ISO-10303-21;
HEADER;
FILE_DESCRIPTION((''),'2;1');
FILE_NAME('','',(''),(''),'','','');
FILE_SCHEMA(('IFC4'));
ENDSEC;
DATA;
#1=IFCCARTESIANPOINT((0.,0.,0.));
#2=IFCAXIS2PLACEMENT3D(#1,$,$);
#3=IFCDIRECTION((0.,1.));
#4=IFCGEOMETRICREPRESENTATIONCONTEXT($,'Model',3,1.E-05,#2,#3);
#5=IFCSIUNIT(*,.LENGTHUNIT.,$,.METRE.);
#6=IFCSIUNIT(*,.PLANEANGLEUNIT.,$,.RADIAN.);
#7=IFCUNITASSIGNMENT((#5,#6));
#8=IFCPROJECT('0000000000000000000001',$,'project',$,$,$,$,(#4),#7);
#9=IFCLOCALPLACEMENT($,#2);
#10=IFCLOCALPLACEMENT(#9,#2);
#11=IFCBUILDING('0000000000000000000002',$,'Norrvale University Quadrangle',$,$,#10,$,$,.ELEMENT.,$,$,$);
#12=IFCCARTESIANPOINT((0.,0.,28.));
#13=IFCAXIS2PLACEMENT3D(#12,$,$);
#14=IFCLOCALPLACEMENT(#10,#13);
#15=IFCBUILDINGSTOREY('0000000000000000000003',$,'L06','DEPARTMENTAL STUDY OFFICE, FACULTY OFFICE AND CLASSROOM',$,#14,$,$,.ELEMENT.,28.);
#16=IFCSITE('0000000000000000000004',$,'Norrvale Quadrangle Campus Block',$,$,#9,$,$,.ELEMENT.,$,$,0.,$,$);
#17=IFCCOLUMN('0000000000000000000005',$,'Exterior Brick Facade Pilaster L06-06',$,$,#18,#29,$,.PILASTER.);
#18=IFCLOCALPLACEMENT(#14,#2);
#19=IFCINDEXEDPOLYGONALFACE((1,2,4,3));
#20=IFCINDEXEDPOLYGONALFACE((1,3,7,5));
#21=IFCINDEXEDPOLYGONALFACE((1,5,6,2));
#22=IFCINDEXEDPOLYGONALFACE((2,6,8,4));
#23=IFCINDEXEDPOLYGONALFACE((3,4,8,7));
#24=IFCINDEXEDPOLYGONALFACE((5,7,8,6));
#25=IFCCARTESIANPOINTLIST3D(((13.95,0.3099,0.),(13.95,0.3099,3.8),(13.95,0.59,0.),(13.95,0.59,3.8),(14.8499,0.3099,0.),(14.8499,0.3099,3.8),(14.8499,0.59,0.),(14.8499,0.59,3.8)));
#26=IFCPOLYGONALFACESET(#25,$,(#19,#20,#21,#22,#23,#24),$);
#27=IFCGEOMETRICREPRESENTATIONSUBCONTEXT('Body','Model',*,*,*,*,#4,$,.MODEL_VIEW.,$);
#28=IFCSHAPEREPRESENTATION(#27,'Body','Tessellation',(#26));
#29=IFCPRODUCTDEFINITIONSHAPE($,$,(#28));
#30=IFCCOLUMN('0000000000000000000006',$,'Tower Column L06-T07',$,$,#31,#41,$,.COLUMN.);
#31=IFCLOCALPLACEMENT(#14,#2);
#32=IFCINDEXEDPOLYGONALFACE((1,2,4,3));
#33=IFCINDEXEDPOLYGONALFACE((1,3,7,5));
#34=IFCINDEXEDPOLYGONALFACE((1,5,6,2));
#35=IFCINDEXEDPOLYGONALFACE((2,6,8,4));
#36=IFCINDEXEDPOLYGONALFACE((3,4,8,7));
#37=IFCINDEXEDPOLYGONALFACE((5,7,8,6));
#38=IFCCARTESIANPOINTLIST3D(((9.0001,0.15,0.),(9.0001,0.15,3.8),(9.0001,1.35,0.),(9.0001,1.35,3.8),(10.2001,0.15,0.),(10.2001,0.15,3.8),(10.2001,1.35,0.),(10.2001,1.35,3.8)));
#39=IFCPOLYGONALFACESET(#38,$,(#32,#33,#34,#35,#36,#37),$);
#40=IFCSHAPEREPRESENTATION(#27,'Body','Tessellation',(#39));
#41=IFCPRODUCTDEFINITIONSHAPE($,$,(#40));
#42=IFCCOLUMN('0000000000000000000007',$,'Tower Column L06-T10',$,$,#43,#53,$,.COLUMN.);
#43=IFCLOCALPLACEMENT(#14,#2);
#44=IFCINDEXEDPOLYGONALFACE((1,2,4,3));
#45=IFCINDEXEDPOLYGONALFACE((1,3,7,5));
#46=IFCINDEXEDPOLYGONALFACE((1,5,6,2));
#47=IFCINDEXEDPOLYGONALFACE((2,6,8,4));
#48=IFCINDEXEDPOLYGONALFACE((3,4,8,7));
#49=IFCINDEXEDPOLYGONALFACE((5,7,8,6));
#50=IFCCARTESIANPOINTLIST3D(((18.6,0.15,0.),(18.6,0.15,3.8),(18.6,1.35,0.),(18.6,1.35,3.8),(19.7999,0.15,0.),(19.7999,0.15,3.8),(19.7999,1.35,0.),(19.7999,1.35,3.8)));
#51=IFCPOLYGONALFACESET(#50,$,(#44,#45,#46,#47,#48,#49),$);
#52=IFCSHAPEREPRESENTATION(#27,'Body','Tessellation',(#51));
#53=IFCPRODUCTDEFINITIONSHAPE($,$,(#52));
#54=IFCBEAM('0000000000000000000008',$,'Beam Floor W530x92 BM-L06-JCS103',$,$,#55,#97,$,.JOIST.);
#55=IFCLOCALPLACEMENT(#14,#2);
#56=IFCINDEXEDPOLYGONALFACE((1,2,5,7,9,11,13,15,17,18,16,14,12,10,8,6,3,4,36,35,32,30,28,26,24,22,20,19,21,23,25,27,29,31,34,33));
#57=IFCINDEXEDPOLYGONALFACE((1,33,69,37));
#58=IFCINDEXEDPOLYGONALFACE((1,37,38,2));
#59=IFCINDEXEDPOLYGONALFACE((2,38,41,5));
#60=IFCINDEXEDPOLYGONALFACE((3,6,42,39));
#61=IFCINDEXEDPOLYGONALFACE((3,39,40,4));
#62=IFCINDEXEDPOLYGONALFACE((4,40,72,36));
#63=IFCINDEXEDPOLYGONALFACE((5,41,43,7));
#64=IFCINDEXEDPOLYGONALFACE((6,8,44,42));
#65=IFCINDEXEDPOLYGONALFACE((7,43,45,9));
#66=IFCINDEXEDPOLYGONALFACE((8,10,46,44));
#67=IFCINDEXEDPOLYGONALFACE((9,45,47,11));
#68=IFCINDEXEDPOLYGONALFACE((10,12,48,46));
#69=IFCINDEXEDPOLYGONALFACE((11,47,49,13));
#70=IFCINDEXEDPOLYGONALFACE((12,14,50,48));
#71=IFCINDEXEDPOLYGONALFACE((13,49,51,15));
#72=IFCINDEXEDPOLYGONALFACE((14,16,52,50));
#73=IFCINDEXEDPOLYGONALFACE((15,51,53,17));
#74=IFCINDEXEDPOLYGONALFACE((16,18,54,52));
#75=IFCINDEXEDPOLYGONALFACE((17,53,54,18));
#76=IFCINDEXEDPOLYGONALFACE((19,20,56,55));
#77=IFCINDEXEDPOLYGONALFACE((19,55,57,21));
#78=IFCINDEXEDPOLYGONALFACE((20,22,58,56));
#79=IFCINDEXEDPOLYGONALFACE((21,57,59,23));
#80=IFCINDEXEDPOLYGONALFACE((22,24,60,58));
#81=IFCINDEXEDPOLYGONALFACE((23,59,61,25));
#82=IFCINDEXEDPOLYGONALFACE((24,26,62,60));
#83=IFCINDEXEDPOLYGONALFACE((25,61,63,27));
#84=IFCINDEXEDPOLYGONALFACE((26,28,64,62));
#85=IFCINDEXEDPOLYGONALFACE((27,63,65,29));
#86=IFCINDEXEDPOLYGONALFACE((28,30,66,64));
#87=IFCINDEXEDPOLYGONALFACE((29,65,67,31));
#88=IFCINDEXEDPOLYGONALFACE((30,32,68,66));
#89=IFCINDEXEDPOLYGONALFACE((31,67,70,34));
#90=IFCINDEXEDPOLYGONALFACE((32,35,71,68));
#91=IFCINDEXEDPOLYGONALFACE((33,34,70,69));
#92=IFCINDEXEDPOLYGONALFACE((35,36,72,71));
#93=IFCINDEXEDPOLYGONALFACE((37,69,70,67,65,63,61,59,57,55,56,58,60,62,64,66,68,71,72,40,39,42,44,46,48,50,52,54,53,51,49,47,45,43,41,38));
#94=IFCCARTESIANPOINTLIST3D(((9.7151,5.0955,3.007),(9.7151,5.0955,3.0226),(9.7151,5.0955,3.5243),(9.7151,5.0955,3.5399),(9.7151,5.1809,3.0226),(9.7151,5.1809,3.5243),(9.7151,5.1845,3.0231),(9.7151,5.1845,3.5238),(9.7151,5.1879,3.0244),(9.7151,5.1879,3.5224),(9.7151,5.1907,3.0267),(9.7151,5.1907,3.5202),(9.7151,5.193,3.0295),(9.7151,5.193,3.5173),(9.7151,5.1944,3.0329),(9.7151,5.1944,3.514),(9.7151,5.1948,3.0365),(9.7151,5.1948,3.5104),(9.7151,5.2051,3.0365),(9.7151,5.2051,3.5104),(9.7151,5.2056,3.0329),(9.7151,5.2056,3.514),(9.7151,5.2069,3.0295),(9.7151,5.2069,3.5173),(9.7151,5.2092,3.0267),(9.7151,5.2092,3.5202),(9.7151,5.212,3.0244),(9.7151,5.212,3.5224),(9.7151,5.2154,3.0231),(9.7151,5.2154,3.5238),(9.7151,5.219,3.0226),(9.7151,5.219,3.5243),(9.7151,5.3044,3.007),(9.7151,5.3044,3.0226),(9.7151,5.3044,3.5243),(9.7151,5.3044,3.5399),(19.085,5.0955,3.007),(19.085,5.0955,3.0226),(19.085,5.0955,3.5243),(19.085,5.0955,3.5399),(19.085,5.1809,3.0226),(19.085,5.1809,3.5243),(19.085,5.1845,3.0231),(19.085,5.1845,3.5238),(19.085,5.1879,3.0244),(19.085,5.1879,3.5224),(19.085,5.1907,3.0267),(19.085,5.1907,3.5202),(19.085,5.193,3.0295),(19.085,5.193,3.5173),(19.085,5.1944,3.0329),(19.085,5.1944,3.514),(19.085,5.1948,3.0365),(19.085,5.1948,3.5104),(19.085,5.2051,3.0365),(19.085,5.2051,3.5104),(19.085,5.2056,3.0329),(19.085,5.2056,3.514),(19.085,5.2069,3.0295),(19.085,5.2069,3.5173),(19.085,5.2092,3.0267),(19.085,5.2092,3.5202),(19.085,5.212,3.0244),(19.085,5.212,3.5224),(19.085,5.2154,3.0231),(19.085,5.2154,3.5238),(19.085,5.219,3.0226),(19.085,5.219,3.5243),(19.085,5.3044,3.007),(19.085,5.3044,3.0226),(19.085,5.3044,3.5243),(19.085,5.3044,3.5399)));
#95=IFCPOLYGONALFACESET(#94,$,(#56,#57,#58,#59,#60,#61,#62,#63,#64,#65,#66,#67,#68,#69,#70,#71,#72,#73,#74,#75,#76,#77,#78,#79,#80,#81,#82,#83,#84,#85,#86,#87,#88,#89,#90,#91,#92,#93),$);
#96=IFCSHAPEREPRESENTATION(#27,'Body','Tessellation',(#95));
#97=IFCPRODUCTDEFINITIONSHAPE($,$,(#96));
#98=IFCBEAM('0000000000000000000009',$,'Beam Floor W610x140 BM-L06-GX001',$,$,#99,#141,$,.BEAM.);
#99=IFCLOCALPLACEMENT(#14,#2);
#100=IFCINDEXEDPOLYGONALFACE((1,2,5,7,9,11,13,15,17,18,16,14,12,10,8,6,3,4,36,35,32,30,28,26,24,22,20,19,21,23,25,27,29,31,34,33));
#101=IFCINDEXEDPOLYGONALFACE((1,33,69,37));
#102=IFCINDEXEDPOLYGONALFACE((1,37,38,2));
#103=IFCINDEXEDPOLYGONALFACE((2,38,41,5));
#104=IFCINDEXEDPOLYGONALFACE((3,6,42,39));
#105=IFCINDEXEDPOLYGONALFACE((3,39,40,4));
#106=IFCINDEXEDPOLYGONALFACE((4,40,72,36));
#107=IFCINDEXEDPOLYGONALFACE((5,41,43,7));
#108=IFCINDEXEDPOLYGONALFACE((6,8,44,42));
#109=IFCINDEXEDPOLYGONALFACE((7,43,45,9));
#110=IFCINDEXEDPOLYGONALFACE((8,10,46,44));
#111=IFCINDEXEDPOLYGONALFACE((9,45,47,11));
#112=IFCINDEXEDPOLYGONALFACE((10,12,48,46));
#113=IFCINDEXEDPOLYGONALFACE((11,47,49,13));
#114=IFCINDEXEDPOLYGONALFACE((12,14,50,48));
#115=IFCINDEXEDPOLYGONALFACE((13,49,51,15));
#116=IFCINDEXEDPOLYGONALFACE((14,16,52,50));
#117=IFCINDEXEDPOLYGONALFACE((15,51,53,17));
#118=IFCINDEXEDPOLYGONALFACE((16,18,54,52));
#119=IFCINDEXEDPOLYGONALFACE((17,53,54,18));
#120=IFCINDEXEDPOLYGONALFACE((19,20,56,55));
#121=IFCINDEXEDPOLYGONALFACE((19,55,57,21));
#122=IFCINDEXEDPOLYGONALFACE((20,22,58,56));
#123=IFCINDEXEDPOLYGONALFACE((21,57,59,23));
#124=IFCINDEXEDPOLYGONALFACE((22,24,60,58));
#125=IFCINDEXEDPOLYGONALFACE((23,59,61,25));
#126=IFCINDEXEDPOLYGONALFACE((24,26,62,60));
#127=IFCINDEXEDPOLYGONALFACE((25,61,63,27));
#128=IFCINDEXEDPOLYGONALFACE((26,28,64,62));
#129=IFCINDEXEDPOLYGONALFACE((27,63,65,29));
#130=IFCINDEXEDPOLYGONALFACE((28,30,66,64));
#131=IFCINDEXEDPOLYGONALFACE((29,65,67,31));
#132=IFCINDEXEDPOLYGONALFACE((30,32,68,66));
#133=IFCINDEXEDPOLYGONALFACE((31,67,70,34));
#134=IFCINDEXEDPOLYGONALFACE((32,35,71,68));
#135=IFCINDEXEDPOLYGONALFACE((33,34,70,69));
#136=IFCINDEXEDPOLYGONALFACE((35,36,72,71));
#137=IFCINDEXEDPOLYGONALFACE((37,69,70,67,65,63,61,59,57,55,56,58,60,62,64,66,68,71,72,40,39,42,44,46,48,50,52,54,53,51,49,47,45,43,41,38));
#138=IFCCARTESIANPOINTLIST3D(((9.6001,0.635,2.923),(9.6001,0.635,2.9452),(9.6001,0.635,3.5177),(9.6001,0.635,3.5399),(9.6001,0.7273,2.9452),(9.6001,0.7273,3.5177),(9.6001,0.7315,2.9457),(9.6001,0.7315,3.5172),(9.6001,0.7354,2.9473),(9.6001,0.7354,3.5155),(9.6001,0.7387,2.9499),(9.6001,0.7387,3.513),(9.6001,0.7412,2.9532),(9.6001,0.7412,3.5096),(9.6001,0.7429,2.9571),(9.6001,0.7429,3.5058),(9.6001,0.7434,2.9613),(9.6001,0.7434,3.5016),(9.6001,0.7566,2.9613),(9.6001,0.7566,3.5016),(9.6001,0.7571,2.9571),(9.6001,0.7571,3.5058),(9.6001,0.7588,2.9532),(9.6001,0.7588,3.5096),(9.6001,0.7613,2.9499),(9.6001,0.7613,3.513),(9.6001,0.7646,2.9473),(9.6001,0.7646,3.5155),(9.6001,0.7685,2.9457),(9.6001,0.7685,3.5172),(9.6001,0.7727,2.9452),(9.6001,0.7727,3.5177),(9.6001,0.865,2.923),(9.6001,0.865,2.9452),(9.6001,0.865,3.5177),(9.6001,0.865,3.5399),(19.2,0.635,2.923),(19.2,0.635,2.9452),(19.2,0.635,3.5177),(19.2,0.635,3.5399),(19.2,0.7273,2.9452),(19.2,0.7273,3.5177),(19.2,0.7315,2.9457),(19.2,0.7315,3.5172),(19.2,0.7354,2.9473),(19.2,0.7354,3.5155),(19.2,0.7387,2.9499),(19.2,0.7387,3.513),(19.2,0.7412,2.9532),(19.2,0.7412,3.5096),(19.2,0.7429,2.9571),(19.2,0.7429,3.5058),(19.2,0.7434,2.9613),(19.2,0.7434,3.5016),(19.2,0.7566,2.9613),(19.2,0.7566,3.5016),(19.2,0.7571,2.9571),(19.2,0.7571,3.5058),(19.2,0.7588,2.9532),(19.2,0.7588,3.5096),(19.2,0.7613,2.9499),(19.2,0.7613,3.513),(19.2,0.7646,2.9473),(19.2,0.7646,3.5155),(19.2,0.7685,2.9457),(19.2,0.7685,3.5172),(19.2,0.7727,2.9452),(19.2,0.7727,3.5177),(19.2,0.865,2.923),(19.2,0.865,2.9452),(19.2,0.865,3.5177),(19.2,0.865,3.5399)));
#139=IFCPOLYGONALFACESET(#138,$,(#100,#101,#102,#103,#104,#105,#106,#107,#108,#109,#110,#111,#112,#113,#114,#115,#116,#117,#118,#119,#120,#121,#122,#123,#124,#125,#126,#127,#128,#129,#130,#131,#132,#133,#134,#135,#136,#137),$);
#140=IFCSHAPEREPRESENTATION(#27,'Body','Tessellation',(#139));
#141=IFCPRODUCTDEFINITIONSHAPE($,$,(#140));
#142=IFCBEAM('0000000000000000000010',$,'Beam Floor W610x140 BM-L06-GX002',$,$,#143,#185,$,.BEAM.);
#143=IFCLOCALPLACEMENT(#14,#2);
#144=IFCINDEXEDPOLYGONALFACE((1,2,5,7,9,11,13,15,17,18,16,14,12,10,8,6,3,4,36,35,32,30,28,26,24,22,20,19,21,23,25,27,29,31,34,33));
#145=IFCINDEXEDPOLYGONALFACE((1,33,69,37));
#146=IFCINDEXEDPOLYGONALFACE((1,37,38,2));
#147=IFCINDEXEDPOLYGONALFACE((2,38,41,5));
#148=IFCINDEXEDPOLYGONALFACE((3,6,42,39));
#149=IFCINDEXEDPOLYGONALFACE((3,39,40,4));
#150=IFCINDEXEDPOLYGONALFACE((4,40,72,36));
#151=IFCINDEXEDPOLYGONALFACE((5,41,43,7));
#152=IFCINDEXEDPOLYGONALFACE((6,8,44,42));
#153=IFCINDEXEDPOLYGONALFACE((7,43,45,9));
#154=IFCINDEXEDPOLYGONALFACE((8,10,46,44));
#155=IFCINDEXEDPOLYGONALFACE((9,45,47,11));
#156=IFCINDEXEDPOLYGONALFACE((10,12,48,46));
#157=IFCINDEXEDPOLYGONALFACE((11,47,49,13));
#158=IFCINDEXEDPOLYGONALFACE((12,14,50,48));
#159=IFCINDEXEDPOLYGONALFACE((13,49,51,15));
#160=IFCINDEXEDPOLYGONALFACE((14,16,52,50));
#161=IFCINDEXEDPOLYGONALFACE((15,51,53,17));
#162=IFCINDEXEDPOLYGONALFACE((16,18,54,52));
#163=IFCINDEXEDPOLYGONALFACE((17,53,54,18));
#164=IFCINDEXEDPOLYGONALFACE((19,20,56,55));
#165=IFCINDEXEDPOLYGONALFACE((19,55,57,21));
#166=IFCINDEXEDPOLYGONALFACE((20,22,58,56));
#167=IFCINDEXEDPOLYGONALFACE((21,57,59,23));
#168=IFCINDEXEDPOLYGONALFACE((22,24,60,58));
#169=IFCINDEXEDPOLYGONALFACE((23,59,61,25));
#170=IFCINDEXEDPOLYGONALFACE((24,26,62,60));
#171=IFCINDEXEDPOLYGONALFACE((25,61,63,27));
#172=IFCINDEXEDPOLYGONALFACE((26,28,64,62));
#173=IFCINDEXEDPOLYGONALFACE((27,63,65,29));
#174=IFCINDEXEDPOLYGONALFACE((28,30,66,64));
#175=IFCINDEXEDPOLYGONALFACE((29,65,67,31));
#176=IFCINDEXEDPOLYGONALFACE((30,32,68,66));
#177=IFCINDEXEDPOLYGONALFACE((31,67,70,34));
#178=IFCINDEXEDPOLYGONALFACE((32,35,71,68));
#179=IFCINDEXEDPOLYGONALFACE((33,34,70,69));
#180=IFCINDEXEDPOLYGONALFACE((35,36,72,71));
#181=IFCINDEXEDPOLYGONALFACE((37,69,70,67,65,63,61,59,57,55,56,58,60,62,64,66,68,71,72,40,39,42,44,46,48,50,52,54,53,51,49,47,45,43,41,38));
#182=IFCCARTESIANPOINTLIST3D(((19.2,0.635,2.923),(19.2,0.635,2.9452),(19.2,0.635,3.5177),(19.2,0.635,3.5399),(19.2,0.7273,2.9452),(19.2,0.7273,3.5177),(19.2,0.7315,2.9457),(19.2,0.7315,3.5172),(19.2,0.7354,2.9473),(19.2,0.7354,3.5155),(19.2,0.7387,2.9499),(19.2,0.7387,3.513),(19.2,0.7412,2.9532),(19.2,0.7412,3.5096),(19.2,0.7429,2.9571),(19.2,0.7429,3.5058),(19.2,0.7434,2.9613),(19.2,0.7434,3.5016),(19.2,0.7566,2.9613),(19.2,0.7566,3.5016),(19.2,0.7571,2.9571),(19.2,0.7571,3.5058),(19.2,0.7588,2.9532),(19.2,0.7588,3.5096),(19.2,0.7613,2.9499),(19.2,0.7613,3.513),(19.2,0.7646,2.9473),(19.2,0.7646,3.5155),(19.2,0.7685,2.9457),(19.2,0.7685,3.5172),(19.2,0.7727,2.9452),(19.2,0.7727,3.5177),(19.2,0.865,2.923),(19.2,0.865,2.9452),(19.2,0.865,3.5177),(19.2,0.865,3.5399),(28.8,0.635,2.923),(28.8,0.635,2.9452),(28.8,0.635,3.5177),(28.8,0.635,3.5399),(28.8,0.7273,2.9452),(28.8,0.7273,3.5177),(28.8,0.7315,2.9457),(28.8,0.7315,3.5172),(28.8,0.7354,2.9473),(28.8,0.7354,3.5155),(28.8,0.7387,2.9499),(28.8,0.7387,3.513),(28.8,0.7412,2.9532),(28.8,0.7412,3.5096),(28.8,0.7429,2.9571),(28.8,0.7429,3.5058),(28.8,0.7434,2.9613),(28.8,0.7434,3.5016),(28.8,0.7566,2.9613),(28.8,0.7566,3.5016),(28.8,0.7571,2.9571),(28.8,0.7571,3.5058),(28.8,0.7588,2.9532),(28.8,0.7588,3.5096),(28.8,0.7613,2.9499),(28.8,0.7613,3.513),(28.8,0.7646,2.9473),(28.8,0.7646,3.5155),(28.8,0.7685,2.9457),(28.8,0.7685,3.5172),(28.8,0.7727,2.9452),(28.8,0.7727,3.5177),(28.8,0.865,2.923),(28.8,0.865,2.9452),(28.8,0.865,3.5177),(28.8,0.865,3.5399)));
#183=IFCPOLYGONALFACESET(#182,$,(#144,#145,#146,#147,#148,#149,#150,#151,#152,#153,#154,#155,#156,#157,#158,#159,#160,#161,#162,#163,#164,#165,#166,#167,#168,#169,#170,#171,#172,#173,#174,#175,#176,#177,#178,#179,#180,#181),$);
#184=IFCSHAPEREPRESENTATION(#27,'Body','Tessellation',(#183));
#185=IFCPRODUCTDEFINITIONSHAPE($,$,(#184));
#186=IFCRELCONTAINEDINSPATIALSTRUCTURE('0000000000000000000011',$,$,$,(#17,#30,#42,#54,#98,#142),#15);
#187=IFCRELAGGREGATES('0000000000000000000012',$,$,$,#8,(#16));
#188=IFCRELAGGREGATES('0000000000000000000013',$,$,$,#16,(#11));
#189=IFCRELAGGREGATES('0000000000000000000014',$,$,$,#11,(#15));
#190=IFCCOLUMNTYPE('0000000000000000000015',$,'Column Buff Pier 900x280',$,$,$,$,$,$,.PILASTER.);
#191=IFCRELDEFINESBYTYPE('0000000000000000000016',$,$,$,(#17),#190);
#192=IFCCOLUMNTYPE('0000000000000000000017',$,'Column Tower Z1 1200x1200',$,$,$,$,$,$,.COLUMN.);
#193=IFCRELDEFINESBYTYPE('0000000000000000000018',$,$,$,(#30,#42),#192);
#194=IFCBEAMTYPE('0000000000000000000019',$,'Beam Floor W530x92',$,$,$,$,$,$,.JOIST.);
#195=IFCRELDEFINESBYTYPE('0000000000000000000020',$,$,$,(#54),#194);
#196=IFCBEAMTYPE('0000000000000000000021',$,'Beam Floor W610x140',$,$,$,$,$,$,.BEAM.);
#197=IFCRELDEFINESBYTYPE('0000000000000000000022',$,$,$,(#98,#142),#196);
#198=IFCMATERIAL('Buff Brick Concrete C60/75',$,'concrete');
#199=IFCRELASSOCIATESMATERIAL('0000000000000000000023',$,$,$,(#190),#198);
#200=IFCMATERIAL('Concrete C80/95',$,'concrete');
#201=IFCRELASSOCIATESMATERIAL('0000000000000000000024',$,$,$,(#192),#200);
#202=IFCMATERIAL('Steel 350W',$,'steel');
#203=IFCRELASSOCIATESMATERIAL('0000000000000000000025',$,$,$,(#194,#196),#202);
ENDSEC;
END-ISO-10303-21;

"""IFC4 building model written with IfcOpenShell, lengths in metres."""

from ifc_helpers import new_model, si_unit, direction, frame, origin, origin_2d, place, context, subcontext, project, spatial, rectangle, i_section, extrude, material, material_profile, profile_set, type_object, element, save


model = new_model("IFC4")

# Units and contexts
model_context = context("Model", 3, precision=1e-05, world=origin(), true_north=direction((0.0, 1.0)))
body_context = subcontext(model_context, "Body", "Model", "MODEL_VIEW")
ifc_project = project(units=[si_unit("LENGTHUNIT", "METRE"), si_unit("PLANEANGLEUNIT", "RADIAN")], contexts=[model_context])

# Site, building, storey
site_placement = place(None, origin())
site = spatial("IfcSite", under=ifc_project, at=site_placement, Name="Norrvale Quadrangle Campus Block", CompositionType="ELEMENT", RefElevation=0.0)
building_placement = place(site_placement, origin())
building = spatial("IfcBuilding", under=site, at=building_placement, Name="Norrvale University Quadrangle", CompositionType="ELEMENT")
storey_placement = place(building_placement, frame((0.0, 0.0, 28.0)))
storey = spatial("IfcBuildingStorey", under=building, at=storey_placement, Name="L06", Description="DEPARTMENTAL STUDY OFFICE, FACULTY OFFICE AND CLASSROOM", CompositionType="ELEMENT", Elevation=28.0)

# Columns
ifc_material_1 = material(Name="Buff Brick Concrete C60/75", Category="concrete")
ifc_material_profile_1 = material_profile(ifc_material_1, rectangle(XDim=0.8999, YDim=0.28, at=origin_2d()), Name="Buff Brick Concrete C60/75")
ifc_profile_set_1 = profile_set([ifc_material_profile_1], Name="Buff Brick Concrete C60/75")
column_type_1 = type_object("IfcColumnType", Name="Column Buff Pier 900x280", PredefinedType="PILASTER", material=ifc_profile_set_1)
column_placement = place(storey_placement, frame((14.3999, 0.45, 0.0), z_axis=(0.0, 0.0, 1.0), x_axis=(1.0, 0.0, 0.0)))
element("IfcColumn", 1, at=column_placement, inside=storey, type_object=column_type_1, Name="Exterior Brick Facade Pilaster L06-06", PredefinedType="PILASTER", context=body_context, shape_type="SweptSolid", body=[
    extrude(rectangle(XDim=0.8999, YDim=0.28, at=origin_2d()), origin(), (0.0, 0.0, 1.0), 3.8),
])
ifc_material_2 = material(Name="Concrete C80/95", Category="concrete")
ifc_material_profile_2 = material_profile(ifc_material_2, rectangle(XDim=1.2, YDim=1.2, at=origin_2d()), Name="Concrete C80/95")
ifc_profile_set_2 = profile_set([ifc_material_profile_2], Name="Concrete C80/95")
column_type_2 = type_object("IfcColumnType", Name="Column Tower Z1 1200x1200", PredefinedType="COLUMN", material=ifc_profile_set_2)
for number, where, z_axis, x_axis, name in (
    (2, (9.6001, 0.75, 0.0), (0.0, 0.0, 1.0), (1.0, 0.0, 0.0), "Tower Column L06-T07"),
    (3, (19.2, 0.75, 0.0), (0.0, 0.0, 1.0), (1.0, 0.0, 0.0), "Tower Column L06-T10"),
):
    element("IfcColumn", number, at=place(storey_placement, frame(where, z_axis=z_axis, x_axis=x_axis)), inside=storey, type_object=column_type_2, Name=name, PredefinedType="COLUMN", context=body_context, shape_type="SweptSolid", body=[
        extrude(rectangle(XDim=1.2, YDim=1.2, at=origin_2d()), origin(), (0.0, 0.0, 1.0), 3.8),
    ])

# Beams
ifc_material_3 = material(Name="Steel 350W", Category="steel")
ifc_material_profile_3 = material_profile(ifc_material_3, i_section(OverallWidth=0.209, OverallDepth=0.533, WebThickness=0.0103, FlangeThickness=0.0156, FilletRadius=0.0139, at=origin_2d()), Name="Steel 350W")
ifc_profile_set_3 = profile_set([ifc_material_profile_3], Name="Steel 350W")
beam_type_1 = type_object("IfcBeamType", Name="Beam Floor W530x92", PredefinedType="JOIST", material=ifc_profile_set_3)
beam_1_placement = place(storey_placement, frame((9.7151, 5.2, 3.2734), z_axis=(1.0, 0.0, 0.0), x_axis=(0.0, 1.0, 0.0)))
element("IfcBeam", 4, at=beam_1_placement, inside=storey, type_object=beam_type_1, Name="Beam Floor W530x92 BM-L06-JCS103", PredefinedType="JOIST", context=body_context, shape_type="SweptSolid", body=[
    extrude(i_section(OverallWidth=0.209, OverallDepth=0.533, WebThickness=0.0103, FlangeThickness=0.0156, FilletRadius=0.0139, at=origin_2d()), origin(), (0.0, 0.0, 1.0), 9.3699),
])
ifc_material_profile_4 = material_profile(ifc_material_3, i_section(OverallWidth=0.23, OverallDepth=0.6169, WebThickness=0.0132, FlangeThickness=0.0222, FilletRadius=0.0161, at=origin_2d()), Name="Steel 350W")
ifc_profile_set_4 = profile_set([ifc_material_profile_4], Name="Steel 350W")
beam_type_2 = type_object("IfcBeamType", Name="Beam Floor W610x140", PredefinedType="BEAM", material=ifc_profile_set_4)
beam_2_placement = place(storey_placement, frame((9.6001, 0.75, 3.2314), z_axis=(1.0, 0.0, 0.0), x_axis=(0.0, 1.0, 0.0)))
element("IfcBeam", 5, at=beam_2_placement, inside=storey, type_object=beam_type_2, Name="Beam Floor W610x140 BM-L06-GX001", PredefinedType="BEAM", context=body_context, shape_type="SweptSolid", body=[
    extrude(i_section(OverallWidth=0.23, OverallDepth=0.6169, WebThickness=0.0132, FlangeThickness=0.0222, FilletRadius=0.0161, at=origin_2d()), origin(), (0.0, 0.0, 1.0), 9.5999),
])
beam_3_placement = place(storey_placement, frame((19.2, 0.75, 3.2314), z_axis=(1.0, 0.0, 0.0), x_axis=(0.0, 1.0, 0.0)))
element("IfcBeam", 6, at=beam_3_placement, inside=storey, type_object=beam_type_2, Name="Beam Floor W610x140 BM-L06-GX002", PredefinedType="BEAM", context=body_context, shape_type="SweptSolid", body=[
    extrude(i_section(OverallWidth=0.23, OverallDepth=0.6169, WebThickness=0.0132, FlangeThickness=0.0222, FilletRadius=0.0161, at=origin_2d()), origin(), (0.0, 0.0, 1.0), 9.6001),
])

save(model, "model.ifc")
